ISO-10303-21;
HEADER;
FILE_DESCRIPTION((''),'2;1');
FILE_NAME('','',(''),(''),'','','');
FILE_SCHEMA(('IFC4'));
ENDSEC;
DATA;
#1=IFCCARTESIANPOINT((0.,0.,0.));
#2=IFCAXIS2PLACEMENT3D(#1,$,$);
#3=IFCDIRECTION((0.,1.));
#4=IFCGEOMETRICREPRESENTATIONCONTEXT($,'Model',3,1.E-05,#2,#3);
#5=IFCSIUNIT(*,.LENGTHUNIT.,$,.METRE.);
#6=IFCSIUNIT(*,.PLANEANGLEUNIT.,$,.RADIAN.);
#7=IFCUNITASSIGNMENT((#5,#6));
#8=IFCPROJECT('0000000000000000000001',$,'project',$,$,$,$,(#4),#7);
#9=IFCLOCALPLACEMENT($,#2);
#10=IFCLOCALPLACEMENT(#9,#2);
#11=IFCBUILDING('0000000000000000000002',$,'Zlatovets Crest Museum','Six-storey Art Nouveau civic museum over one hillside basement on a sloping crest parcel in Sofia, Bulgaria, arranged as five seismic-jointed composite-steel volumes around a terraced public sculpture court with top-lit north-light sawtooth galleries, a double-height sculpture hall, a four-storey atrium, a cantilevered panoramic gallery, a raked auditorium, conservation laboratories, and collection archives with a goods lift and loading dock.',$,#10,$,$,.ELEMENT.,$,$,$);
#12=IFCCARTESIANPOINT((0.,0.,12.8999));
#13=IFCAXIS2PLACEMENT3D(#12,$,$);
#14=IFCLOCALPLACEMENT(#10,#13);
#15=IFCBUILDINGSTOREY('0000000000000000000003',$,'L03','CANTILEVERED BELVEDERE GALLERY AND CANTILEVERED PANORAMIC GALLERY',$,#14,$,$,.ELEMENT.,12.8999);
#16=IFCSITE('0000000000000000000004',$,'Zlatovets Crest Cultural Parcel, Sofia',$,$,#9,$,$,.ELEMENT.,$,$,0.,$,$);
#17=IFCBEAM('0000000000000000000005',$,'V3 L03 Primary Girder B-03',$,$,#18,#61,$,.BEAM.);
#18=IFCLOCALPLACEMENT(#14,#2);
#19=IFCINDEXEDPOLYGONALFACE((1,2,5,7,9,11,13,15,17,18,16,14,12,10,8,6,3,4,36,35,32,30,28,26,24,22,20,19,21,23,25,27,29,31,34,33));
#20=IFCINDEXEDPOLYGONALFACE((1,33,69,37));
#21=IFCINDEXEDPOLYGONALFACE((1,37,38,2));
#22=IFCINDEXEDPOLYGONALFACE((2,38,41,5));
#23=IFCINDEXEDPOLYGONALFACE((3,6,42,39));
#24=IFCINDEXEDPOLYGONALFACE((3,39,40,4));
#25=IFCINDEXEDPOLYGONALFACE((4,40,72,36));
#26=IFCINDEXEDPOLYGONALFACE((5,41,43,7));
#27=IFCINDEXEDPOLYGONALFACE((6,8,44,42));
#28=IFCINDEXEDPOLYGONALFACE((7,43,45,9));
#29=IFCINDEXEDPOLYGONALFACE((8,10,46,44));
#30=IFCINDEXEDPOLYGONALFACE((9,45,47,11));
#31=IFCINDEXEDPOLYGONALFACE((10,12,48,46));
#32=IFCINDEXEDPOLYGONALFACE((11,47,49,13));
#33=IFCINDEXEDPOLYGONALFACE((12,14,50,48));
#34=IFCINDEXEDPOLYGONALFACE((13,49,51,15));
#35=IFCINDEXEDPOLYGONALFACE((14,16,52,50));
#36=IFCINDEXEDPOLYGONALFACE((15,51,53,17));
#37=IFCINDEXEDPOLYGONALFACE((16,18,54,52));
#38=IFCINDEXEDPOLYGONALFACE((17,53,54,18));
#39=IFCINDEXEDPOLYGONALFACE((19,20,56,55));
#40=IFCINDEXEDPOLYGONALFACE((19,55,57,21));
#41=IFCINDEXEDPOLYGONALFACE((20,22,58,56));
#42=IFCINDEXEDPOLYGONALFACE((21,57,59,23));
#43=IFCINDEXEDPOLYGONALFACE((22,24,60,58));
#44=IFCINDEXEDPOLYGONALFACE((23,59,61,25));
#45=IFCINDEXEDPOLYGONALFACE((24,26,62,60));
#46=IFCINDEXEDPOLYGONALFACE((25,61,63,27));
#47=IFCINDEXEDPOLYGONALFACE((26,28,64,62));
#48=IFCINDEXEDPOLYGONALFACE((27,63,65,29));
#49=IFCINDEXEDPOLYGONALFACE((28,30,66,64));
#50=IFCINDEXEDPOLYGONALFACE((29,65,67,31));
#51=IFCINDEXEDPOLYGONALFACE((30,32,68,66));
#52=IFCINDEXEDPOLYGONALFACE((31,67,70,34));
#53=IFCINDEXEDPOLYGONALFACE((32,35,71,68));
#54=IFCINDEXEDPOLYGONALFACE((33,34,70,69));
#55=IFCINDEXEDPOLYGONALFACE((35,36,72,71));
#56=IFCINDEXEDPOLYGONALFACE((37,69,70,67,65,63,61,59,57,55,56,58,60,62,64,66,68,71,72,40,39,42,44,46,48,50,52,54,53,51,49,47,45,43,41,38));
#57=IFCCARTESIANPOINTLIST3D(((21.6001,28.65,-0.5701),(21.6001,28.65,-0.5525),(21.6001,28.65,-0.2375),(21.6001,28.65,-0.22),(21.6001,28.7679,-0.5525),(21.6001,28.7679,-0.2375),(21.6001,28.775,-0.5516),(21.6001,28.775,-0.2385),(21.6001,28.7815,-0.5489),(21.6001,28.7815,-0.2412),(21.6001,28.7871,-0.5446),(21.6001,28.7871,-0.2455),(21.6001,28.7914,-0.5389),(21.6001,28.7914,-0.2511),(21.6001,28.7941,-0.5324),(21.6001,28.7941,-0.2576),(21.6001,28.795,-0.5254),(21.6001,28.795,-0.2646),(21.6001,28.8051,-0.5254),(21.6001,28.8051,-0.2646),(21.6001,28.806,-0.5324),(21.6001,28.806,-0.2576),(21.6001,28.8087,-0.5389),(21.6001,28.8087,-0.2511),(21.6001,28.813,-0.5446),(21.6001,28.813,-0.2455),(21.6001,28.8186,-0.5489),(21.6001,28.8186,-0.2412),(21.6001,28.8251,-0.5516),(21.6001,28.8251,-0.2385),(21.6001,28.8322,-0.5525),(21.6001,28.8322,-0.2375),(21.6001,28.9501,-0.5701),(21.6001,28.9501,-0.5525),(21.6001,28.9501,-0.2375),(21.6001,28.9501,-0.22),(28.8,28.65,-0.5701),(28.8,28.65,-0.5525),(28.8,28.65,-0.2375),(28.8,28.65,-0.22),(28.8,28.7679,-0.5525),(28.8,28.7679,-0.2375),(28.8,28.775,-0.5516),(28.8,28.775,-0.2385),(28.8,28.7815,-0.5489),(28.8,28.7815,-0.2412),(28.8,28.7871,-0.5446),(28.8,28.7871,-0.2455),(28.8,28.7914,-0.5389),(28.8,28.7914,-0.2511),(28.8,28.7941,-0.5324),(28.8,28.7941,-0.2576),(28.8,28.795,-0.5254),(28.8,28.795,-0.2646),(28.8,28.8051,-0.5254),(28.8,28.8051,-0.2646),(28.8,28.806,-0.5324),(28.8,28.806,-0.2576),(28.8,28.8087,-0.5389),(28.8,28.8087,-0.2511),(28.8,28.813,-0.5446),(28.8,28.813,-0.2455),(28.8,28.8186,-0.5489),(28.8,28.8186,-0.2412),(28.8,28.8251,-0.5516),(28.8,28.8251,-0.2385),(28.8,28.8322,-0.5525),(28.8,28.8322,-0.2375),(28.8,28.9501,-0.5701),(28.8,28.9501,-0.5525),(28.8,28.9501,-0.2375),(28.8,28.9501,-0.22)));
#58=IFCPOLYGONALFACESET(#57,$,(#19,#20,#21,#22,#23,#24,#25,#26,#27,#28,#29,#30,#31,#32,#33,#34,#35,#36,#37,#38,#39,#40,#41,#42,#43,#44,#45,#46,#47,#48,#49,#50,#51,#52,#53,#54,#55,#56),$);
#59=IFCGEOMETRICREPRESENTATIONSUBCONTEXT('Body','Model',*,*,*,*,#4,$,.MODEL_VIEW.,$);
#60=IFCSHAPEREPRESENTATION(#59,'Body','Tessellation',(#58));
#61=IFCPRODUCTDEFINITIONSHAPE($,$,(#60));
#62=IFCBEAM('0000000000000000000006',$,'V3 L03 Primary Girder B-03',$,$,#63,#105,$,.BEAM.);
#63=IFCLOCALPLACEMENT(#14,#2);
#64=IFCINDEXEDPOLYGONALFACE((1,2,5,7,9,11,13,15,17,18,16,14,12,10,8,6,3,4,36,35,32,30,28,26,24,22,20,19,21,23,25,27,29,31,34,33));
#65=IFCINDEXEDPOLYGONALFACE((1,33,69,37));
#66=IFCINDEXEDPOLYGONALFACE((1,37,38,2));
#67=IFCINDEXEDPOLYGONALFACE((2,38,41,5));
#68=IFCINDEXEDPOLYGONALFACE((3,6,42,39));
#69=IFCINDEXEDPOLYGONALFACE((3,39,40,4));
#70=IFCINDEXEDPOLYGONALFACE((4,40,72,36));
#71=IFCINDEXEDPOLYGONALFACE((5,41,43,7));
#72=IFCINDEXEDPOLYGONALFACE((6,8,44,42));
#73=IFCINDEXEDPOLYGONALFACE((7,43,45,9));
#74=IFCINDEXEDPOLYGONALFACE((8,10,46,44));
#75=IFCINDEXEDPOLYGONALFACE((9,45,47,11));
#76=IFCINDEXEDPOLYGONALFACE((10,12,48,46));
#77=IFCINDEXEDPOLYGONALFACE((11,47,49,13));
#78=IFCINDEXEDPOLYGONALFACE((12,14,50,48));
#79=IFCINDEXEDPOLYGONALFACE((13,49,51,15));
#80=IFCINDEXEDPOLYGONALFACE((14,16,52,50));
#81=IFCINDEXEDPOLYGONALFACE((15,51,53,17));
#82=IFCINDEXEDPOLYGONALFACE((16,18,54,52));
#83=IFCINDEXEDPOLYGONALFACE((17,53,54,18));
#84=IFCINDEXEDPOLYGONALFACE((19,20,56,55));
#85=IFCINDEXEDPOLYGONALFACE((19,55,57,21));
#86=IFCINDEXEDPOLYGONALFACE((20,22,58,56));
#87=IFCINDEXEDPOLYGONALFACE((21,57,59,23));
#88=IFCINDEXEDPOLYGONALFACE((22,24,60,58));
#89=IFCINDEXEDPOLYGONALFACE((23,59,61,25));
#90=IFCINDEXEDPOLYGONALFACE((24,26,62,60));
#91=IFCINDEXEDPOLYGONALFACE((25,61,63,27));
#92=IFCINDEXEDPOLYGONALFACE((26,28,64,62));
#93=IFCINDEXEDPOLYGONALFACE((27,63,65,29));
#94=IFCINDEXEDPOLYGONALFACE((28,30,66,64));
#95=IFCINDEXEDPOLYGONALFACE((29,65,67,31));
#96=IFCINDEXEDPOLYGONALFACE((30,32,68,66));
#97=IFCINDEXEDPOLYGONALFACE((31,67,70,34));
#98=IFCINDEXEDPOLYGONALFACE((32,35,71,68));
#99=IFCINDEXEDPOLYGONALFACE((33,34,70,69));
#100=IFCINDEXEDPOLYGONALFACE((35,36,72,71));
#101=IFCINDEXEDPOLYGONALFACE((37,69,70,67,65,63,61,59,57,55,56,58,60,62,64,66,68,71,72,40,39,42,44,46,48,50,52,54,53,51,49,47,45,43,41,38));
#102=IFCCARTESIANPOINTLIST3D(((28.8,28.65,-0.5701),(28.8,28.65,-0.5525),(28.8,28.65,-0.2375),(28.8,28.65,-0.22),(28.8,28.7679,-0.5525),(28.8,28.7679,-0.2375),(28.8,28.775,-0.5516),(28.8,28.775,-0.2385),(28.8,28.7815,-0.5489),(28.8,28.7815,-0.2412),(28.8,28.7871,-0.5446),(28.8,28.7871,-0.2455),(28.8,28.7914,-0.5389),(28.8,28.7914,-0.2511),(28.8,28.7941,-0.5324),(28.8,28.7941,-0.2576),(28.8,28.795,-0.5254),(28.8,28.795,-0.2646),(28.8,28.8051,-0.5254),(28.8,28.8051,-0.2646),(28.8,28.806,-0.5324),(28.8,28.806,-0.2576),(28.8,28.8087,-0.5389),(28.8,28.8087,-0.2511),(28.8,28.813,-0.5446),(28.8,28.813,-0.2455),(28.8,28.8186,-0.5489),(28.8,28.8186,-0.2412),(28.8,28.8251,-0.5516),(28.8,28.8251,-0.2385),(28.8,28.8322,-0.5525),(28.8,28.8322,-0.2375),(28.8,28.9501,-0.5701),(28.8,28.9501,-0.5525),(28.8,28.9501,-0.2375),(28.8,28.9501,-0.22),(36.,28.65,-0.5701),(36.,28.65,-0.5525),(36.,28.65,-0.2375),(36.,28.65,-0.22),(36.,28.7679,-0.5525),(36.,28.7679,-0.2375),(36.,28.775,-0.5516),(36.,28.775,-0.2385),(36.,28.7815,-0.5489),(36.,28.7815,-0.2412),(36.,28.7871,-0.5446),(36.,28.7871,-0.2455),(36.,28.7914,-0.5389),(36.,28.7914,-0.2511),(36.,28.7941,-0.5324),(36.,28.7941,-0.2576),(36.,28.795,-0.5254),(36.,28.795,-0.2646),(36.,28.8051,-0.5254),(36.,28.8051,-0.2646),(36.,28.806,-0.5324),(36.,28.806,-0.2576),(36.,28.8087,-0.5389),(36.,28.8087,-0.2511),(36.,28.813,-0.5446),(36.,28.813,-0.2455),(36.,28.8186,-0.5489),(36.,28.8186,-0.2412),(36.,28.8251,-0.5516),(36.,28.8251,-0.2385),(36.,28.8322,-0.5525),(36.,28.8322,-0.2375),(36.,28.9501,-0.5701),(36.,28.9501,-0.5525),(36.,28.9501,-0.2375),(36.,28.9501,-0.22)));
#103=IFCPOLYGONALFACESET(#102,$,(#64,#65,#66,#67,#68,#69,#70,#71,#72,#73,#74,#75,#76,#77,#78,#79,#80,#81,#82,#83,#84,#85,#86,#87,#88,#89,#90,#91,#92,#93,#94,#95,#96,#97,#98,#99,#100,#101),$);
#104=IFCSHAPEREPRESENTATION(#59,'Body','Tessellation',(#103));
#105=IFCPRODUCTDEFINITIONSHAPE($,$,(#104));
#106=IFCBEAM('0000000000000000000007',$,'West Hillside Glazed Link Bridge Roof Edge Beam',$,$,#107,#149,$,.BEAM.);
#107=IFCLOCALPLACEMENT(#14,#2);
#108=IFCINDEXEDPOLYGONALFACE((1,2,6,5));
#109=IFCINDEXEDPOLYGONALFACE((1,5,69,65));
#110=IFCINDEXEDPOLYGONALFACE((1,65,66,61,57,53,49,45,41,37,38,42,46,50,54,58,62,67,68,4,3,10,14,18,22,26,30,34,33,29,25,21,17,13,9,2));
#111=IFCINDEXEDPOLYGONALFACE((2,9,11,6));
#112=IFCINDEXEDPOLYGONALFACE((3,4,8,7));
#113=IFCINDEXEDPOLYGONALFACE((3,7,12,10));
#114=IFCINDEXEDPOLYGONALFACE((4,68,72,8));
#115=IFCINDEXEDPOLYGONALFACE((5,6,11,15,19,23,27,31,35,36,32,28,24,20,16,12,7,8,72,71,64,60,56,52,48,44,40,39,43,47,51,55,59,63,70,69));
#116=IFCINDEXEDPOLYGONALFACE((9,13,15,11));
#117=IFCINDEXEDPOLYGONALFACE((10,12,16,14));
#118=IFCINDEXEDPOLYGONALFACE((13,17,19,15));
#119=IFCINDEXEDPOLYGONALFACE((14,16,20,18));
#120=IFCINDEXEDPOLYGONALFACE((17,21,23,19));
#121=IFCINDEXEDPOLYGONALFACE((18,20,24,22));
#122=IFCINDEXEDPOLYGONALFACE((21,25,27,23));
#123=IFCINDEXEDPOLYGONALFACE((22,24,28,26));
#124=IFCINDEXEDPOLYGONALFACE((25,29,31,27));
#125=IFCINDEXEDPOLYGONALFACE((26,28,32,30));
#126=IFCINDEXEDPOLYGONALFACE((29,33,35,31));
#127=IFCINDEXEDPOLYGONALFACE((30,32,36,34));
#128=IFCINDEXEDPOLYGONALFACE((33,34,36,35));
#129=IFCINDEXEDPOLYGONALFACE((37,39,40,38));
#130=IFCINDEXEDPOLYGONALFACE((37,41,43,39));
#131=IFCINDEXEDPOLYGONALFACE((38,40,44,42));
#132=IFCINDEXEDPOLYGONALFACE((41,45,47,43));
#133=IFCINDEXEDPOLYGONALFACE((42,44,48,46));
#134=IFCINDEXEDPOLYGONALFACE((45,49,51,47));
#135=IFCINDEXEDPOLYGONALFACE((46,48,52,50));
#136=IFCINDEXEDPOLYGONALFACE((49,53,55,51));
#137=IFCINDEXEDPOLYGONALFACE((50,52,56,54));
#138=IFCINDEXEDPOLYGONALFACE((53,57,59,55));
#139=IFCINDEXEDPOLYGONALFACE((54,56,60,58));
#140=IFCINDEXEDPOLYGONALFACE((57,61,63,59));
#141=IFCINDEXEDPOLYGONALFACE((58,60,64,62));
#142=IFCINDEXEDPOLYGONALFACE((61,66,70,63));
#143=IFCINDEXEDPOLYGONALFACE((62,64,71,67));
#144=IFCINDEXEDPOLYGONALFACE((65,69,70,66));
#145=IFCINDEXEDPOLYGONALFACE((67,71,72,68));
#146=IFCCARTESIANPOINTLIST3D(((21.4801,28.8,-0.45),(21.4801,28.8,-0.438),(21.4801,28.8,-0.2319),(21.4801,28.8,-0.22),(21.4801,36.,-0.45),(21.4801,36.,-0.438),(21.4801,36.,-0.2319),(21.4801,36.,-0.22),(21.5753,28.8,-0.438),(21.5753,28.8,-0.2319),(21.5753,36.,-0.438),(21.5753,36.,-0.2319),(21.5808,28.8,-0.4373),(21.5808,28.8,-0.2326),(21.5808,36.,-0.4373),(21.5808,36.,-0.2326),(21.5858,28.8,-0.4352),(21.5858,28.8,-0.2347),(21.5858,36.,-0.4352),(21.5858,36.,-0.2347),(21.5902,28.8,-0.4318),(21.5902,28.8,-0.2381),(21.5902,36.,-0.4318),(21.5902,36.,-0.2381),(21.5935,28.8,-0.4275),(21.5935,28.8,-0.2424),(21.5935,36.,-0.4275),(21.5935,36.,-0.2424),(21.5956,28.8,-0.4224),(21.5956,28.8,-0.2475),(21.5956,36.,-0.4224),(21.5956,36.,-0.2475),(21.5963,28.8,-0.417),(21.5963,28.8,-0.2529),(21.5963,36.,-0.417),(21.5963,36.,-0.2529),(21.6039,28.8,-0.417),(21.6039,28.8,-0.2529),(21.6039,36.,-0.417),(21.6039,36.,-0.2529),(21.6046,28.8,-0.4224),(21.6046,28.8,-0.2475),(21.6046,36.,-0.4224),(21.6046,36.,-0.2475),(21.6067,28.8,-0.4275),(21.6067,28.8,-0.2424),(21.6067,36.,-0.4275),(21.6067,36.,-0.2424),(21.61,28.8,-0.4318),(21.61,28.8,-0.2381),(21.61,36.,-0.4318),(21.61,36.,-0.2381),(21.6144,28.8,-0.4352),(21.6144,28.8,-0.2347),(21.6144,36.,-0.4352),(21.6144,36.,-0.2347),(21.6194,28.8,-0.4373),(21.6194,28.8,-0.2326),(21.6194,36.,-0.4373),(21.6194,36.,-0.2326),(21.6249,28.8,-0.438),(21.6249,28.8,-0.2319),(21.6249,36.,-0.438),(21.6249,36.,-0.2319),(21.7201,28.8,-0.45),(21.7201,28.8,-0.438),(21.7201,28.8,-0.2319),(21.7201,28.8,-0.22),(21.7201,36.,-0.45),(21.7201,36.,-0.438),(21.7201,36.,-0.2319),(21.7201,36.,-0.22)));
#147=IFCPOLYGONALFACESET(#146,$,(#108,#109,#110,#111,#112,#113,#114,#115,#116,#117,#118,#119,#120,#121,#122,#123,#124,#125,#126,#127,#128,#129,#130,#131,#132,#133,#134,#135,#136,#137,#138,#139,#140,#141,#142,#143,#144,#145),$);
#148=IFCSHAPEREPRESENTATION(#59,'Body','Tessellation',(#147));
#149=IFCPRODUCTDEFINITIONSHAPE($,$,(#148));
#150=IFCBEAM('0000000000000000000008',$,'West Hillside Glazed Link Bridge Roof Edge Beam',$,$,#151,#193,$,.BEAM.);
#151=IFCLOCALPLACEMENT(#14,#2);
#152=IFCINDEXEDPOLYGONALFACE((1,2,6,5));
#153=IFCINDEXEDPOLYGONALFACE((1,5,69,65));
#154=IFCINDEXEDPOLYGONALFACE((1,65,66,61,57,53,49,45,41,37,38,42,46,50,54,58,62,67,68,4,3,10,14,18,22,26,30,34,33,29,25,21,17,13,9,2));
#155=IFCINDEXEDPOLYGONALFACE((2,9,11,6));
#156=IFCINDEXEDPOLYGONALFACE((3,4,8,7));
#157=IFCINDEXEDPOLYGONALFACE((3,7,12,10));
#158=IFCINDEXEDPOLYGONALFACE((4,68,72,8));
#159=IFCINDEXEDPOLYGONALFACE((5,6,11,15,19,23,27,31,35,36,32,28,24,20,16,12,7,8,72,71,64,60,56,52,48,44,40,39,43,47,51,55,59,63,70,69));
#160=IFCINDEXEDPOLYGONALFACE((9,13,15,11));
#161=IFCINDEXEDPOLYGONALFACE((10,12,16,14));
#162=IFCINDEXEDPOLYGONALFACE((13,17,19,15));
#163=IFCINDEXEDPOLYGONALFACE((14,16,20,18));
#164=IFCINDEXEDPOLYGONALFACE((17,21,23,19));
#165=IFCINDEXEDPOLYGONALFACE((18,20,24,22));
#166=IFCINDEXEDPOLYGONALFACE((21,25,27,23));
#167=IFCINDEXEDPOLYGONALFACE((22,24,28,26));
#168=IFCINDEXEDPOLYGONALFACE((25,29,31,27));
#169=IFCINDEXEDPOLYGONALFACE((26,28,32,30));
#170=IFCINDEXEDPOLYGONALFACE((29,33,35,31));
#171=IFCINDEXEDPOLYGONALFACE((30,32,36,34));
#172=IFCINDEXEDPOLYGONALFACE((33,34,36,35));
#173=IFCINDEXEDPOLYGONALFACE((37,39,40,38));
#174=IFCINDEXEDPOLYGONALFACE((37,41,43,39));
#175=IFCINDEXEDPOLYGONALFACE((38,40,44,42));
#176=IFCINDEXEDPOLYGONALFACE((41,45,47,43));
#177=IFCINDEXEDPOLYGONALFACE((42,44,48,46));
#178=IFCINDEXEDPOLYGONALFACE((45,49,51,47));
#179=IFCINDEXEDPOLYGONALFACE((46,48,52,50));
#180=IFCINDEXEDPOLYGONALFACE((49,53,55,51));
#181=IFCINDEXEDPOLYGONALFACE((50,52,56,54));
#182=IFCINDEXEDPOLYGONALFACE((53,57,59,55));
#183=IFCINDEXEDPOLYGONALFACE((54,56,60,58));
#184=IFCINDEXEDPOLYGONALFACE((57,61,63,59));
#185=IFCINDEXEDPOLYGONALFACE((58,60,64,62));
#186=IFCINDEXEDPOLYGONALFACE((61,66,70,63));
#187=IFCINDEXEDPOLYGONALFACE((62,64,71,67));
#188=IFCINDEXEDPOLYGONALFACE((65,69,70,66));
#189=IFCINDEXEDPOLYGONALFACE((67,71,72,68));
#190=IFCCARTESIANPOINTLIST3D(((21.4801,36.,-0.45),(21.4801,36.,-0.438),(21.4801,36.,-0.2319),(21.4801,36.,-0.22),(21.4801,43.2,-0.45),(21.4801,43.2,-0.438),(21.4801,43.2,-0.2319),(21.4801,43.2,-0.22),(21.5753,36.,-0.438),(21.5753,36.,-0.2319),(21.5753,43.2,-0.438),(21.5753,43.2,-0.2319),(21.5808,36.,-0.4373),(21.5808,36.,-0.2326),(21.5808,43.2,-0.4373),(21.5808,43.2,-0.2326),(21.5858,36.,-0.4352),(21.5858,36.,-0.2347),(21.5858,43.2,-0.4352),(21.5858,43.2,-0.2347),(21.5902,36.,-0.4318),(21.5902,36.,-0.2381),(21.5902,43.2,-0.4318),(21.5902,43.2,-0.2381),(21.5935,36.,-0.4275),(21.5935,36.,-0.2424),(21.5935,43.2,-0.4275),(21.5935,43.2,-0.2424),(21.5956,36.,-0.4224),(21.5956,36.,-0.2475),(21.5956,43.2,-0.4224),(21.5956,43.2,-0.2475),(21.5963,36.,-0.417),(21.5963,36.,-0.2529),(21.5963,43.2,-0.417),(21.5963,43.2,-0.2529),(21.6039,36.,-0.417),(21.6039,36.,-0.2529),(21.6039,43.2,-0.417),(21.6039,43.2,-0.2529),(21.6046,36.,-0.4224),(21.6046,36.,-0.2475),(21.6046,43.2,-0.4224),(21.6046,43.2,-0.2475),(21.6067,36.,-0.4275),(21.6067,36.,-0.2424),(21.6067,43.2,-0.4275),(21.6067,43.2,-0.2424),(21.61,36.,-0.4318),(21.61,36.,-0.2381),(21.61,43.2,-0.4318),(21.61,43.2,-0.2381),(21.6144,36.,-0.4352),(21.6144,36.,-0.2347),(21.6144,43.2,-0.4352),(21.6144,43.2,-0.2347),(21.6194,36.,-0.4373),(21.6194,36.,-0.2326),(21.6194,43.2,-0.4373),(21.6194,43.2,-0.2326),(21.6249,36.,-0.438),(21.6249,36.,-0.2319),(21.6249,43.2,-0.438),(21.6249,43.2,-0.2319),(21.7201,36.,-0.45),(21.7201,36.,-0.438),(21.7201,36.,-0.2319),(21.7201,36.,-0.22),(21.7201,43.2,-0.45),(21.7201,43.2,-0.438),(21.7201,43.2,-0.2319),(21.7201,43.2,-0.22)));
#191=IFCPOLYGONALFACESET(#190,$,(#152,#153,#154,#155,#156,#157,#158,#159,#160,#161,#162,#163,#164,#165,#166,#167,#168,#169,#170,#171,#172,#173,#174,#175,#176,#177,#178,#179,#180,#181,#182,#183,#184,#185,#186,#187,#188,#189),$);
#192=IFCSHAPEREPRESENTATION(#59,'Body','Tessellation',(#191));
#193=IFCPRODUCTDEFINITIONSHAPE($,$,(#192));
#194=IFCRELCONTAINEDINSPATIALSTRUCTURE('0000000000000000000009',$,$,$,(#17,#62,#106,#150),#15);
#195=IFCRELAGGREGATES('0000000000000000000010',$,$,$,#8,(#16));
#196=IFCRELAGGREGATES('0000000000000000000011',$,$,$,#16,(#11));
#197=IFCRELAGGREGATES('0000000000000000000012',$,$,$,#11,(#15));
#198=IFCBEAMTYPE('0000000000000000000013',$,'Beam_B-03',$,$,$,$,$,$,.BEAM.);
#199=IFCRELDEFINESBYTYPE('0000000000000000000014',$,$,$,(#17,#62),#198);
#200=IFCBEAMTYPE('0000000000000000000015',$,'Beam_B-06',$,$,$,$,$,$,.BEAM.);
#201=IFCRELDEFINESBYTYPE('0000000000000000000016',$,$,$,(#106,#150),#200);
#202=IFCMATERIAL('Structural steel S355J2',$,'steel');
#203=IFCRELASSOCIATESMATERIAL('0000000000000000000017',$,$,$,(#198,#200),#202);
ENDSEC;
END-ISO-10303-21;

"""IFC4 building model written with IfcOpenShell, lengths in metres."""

from ifc_helpers import new_model, si_unit, direction, frame, origin, origin_2d, place, context, subcontext, project, spatial, i_section, extrude, material, material_profile, profile_set, type_object, element, save


model = new_model("IFC4")

# Units and contexts
model_context = context("Model", 3, precision=1e-05, world=origin(), true_north=direction((0.0, 1.0)))
body_context = subcontext(model_context, "Body", "Model", "MODEL_VIEW")
ifc_project = project(units=[si_unit("LENGTHUNIT", "METRE"), si_unit("PLANEANGLEUNIT", "RADIAN")], contexts=[model_context])

# Site, building, storey
site_placement = place(None, origin())
site = spatial("IfcSite", under=ifc_project, at=site_placement, Name="Zlatovets Crest Cultural Parcel, Sofia", CompositionType="ELEMENT", RefElevation=0.0)
building_placement = place(site_placement, origin())
building = spatial("IfcBuilding", under=site, at=building_placement, Name="Zlatovets Crest Museum", Description="Six-storey Art Nouveau civic museum over one hillside basement on a sloping crest parcel in Sofia, Bulgaria, arranged as five seismic-jointed composite-steel volumes around a terraced public sculpture court with top-lit north-light sawtooth galleries, a double-height sculpture hall, a four-storey atrium, a cantilevered panoramic gallery, a raked auditorium, conservation laboratories, and collection archives with a goods lift and loading dock.", CompositionType="ELEMENT")
storey_placement = place(building_placement, frame((0.0, 0.0, 12.8999)))
storey = spatial("IfcBuildingStorey", under=building, at=storey_placement, Name="L03", Description="CANTILEVERED BELVEDERE GALLERY AND CANTILEVERED PANORAMIC GALLERY", CompositionType="ELEMENT", Elevation=12.8999)

# Beams
ifc_material_1 = material(Name="Structural steel S355J2", Category="steel")
ifc_material_profile_1 = material_profile(ifc_material_1, i_section(OverallWidth=0.3, OverallDepth=0.3501, WebThickness=0.01, FlangeThickness=0.0176, FilletRadius=0.0271, at=origin_2d()), Name="HEA 360")
ifc_profile_set_1 = profile_set([ifc_material_profile_1], Name="Structural steel S355J2")
beam_type_1 = type_object("IfcBeamType", Name="Beam_B-03", PredefinedType="BEAM", material=ifc_profile_set_1)
for number, where, z_axis, x_axis, name in (
    (1, (21.6001, 28.8, -0.395), (1.0, 0.0, 0.0), (0.0, 1.0, 0.0), "V3 L03 Primary Girder B-03"),
    (2, (28.8, 28.8, -0.395), (1.0, 0.0, 0.0), (0.0, 1.0, 0.0), "V3 L03 Primary Girder B-03"),
):
    element("IfcBeam", number, at=place(storey_placement, frame(where, z_axis=z_axis, x_axis=x_axis)), inside=storey, type_object=beam_type_1, Name=name, PredefinedType="BEAM", context=body_context, shape_type="SweptSolid", body=[
        extrude(i_section(OverallWidth=0.3, OverallDepth=0.3501, WebThickness=0.01, FlangeThickness=0.0176, FilletRadius=0.0271, at=origin_2d()), origin(), (0.0, 0.0, 1.0), 7.2),
    ])
ifc_material_profile_2 = material_profile(ifc_material_1, i_section(OverallWidth=0.24, OverallDepth=0.23, WebThickness=0.0076, FlangeThickness=0.012, FilletRadius=0.021, at=origin_2d()), Name="HEA 240")
ifc_profile_set_2 = profile_set([ifc_material_profile_2], Name="Structural steel S355J2")
beam_type_2 = type_object("IfcBeamType", Name="Beam_B-06", PredefinedType="BEAM", material=ifc_profile_set_2)
for number, where, z_axis, x_axis, name in (
    (3, (21.6001, 28.8, -0.335), (0.0, 1.0, 0.0), (-1.0, 0.0, 0.0), "West Hillside Glazed Link Bridge Roof Edge Beam"),
    (4, (21.6001, 36.0, -0.335), (0.0, 1.0, 0.0), (-1.0, 0.0, 0.0), "West Hillside Glazed Link Bridge Roof Edge Beam"),
):
    element("IfcBeam", number, at=place(storey_placement, frame(where, z_axis=z_axis, x_axis=x_axis)), inside=storey, type_object=beam_type_2, Name=name, PredefinedType="BEAM", context=body_context, shape_type="SweptSolid", body=[
        extrude(i_section(OverallWidth=0.24, OverallDepth=0.23, WebThickness=0.0076, FlangeThickness=0.012, FilletRadius=0.021, at=origin_2d()), origin(), (0.0, 0.0, 1.0), 7.2),
    ])

save(model, "model.ifc")
